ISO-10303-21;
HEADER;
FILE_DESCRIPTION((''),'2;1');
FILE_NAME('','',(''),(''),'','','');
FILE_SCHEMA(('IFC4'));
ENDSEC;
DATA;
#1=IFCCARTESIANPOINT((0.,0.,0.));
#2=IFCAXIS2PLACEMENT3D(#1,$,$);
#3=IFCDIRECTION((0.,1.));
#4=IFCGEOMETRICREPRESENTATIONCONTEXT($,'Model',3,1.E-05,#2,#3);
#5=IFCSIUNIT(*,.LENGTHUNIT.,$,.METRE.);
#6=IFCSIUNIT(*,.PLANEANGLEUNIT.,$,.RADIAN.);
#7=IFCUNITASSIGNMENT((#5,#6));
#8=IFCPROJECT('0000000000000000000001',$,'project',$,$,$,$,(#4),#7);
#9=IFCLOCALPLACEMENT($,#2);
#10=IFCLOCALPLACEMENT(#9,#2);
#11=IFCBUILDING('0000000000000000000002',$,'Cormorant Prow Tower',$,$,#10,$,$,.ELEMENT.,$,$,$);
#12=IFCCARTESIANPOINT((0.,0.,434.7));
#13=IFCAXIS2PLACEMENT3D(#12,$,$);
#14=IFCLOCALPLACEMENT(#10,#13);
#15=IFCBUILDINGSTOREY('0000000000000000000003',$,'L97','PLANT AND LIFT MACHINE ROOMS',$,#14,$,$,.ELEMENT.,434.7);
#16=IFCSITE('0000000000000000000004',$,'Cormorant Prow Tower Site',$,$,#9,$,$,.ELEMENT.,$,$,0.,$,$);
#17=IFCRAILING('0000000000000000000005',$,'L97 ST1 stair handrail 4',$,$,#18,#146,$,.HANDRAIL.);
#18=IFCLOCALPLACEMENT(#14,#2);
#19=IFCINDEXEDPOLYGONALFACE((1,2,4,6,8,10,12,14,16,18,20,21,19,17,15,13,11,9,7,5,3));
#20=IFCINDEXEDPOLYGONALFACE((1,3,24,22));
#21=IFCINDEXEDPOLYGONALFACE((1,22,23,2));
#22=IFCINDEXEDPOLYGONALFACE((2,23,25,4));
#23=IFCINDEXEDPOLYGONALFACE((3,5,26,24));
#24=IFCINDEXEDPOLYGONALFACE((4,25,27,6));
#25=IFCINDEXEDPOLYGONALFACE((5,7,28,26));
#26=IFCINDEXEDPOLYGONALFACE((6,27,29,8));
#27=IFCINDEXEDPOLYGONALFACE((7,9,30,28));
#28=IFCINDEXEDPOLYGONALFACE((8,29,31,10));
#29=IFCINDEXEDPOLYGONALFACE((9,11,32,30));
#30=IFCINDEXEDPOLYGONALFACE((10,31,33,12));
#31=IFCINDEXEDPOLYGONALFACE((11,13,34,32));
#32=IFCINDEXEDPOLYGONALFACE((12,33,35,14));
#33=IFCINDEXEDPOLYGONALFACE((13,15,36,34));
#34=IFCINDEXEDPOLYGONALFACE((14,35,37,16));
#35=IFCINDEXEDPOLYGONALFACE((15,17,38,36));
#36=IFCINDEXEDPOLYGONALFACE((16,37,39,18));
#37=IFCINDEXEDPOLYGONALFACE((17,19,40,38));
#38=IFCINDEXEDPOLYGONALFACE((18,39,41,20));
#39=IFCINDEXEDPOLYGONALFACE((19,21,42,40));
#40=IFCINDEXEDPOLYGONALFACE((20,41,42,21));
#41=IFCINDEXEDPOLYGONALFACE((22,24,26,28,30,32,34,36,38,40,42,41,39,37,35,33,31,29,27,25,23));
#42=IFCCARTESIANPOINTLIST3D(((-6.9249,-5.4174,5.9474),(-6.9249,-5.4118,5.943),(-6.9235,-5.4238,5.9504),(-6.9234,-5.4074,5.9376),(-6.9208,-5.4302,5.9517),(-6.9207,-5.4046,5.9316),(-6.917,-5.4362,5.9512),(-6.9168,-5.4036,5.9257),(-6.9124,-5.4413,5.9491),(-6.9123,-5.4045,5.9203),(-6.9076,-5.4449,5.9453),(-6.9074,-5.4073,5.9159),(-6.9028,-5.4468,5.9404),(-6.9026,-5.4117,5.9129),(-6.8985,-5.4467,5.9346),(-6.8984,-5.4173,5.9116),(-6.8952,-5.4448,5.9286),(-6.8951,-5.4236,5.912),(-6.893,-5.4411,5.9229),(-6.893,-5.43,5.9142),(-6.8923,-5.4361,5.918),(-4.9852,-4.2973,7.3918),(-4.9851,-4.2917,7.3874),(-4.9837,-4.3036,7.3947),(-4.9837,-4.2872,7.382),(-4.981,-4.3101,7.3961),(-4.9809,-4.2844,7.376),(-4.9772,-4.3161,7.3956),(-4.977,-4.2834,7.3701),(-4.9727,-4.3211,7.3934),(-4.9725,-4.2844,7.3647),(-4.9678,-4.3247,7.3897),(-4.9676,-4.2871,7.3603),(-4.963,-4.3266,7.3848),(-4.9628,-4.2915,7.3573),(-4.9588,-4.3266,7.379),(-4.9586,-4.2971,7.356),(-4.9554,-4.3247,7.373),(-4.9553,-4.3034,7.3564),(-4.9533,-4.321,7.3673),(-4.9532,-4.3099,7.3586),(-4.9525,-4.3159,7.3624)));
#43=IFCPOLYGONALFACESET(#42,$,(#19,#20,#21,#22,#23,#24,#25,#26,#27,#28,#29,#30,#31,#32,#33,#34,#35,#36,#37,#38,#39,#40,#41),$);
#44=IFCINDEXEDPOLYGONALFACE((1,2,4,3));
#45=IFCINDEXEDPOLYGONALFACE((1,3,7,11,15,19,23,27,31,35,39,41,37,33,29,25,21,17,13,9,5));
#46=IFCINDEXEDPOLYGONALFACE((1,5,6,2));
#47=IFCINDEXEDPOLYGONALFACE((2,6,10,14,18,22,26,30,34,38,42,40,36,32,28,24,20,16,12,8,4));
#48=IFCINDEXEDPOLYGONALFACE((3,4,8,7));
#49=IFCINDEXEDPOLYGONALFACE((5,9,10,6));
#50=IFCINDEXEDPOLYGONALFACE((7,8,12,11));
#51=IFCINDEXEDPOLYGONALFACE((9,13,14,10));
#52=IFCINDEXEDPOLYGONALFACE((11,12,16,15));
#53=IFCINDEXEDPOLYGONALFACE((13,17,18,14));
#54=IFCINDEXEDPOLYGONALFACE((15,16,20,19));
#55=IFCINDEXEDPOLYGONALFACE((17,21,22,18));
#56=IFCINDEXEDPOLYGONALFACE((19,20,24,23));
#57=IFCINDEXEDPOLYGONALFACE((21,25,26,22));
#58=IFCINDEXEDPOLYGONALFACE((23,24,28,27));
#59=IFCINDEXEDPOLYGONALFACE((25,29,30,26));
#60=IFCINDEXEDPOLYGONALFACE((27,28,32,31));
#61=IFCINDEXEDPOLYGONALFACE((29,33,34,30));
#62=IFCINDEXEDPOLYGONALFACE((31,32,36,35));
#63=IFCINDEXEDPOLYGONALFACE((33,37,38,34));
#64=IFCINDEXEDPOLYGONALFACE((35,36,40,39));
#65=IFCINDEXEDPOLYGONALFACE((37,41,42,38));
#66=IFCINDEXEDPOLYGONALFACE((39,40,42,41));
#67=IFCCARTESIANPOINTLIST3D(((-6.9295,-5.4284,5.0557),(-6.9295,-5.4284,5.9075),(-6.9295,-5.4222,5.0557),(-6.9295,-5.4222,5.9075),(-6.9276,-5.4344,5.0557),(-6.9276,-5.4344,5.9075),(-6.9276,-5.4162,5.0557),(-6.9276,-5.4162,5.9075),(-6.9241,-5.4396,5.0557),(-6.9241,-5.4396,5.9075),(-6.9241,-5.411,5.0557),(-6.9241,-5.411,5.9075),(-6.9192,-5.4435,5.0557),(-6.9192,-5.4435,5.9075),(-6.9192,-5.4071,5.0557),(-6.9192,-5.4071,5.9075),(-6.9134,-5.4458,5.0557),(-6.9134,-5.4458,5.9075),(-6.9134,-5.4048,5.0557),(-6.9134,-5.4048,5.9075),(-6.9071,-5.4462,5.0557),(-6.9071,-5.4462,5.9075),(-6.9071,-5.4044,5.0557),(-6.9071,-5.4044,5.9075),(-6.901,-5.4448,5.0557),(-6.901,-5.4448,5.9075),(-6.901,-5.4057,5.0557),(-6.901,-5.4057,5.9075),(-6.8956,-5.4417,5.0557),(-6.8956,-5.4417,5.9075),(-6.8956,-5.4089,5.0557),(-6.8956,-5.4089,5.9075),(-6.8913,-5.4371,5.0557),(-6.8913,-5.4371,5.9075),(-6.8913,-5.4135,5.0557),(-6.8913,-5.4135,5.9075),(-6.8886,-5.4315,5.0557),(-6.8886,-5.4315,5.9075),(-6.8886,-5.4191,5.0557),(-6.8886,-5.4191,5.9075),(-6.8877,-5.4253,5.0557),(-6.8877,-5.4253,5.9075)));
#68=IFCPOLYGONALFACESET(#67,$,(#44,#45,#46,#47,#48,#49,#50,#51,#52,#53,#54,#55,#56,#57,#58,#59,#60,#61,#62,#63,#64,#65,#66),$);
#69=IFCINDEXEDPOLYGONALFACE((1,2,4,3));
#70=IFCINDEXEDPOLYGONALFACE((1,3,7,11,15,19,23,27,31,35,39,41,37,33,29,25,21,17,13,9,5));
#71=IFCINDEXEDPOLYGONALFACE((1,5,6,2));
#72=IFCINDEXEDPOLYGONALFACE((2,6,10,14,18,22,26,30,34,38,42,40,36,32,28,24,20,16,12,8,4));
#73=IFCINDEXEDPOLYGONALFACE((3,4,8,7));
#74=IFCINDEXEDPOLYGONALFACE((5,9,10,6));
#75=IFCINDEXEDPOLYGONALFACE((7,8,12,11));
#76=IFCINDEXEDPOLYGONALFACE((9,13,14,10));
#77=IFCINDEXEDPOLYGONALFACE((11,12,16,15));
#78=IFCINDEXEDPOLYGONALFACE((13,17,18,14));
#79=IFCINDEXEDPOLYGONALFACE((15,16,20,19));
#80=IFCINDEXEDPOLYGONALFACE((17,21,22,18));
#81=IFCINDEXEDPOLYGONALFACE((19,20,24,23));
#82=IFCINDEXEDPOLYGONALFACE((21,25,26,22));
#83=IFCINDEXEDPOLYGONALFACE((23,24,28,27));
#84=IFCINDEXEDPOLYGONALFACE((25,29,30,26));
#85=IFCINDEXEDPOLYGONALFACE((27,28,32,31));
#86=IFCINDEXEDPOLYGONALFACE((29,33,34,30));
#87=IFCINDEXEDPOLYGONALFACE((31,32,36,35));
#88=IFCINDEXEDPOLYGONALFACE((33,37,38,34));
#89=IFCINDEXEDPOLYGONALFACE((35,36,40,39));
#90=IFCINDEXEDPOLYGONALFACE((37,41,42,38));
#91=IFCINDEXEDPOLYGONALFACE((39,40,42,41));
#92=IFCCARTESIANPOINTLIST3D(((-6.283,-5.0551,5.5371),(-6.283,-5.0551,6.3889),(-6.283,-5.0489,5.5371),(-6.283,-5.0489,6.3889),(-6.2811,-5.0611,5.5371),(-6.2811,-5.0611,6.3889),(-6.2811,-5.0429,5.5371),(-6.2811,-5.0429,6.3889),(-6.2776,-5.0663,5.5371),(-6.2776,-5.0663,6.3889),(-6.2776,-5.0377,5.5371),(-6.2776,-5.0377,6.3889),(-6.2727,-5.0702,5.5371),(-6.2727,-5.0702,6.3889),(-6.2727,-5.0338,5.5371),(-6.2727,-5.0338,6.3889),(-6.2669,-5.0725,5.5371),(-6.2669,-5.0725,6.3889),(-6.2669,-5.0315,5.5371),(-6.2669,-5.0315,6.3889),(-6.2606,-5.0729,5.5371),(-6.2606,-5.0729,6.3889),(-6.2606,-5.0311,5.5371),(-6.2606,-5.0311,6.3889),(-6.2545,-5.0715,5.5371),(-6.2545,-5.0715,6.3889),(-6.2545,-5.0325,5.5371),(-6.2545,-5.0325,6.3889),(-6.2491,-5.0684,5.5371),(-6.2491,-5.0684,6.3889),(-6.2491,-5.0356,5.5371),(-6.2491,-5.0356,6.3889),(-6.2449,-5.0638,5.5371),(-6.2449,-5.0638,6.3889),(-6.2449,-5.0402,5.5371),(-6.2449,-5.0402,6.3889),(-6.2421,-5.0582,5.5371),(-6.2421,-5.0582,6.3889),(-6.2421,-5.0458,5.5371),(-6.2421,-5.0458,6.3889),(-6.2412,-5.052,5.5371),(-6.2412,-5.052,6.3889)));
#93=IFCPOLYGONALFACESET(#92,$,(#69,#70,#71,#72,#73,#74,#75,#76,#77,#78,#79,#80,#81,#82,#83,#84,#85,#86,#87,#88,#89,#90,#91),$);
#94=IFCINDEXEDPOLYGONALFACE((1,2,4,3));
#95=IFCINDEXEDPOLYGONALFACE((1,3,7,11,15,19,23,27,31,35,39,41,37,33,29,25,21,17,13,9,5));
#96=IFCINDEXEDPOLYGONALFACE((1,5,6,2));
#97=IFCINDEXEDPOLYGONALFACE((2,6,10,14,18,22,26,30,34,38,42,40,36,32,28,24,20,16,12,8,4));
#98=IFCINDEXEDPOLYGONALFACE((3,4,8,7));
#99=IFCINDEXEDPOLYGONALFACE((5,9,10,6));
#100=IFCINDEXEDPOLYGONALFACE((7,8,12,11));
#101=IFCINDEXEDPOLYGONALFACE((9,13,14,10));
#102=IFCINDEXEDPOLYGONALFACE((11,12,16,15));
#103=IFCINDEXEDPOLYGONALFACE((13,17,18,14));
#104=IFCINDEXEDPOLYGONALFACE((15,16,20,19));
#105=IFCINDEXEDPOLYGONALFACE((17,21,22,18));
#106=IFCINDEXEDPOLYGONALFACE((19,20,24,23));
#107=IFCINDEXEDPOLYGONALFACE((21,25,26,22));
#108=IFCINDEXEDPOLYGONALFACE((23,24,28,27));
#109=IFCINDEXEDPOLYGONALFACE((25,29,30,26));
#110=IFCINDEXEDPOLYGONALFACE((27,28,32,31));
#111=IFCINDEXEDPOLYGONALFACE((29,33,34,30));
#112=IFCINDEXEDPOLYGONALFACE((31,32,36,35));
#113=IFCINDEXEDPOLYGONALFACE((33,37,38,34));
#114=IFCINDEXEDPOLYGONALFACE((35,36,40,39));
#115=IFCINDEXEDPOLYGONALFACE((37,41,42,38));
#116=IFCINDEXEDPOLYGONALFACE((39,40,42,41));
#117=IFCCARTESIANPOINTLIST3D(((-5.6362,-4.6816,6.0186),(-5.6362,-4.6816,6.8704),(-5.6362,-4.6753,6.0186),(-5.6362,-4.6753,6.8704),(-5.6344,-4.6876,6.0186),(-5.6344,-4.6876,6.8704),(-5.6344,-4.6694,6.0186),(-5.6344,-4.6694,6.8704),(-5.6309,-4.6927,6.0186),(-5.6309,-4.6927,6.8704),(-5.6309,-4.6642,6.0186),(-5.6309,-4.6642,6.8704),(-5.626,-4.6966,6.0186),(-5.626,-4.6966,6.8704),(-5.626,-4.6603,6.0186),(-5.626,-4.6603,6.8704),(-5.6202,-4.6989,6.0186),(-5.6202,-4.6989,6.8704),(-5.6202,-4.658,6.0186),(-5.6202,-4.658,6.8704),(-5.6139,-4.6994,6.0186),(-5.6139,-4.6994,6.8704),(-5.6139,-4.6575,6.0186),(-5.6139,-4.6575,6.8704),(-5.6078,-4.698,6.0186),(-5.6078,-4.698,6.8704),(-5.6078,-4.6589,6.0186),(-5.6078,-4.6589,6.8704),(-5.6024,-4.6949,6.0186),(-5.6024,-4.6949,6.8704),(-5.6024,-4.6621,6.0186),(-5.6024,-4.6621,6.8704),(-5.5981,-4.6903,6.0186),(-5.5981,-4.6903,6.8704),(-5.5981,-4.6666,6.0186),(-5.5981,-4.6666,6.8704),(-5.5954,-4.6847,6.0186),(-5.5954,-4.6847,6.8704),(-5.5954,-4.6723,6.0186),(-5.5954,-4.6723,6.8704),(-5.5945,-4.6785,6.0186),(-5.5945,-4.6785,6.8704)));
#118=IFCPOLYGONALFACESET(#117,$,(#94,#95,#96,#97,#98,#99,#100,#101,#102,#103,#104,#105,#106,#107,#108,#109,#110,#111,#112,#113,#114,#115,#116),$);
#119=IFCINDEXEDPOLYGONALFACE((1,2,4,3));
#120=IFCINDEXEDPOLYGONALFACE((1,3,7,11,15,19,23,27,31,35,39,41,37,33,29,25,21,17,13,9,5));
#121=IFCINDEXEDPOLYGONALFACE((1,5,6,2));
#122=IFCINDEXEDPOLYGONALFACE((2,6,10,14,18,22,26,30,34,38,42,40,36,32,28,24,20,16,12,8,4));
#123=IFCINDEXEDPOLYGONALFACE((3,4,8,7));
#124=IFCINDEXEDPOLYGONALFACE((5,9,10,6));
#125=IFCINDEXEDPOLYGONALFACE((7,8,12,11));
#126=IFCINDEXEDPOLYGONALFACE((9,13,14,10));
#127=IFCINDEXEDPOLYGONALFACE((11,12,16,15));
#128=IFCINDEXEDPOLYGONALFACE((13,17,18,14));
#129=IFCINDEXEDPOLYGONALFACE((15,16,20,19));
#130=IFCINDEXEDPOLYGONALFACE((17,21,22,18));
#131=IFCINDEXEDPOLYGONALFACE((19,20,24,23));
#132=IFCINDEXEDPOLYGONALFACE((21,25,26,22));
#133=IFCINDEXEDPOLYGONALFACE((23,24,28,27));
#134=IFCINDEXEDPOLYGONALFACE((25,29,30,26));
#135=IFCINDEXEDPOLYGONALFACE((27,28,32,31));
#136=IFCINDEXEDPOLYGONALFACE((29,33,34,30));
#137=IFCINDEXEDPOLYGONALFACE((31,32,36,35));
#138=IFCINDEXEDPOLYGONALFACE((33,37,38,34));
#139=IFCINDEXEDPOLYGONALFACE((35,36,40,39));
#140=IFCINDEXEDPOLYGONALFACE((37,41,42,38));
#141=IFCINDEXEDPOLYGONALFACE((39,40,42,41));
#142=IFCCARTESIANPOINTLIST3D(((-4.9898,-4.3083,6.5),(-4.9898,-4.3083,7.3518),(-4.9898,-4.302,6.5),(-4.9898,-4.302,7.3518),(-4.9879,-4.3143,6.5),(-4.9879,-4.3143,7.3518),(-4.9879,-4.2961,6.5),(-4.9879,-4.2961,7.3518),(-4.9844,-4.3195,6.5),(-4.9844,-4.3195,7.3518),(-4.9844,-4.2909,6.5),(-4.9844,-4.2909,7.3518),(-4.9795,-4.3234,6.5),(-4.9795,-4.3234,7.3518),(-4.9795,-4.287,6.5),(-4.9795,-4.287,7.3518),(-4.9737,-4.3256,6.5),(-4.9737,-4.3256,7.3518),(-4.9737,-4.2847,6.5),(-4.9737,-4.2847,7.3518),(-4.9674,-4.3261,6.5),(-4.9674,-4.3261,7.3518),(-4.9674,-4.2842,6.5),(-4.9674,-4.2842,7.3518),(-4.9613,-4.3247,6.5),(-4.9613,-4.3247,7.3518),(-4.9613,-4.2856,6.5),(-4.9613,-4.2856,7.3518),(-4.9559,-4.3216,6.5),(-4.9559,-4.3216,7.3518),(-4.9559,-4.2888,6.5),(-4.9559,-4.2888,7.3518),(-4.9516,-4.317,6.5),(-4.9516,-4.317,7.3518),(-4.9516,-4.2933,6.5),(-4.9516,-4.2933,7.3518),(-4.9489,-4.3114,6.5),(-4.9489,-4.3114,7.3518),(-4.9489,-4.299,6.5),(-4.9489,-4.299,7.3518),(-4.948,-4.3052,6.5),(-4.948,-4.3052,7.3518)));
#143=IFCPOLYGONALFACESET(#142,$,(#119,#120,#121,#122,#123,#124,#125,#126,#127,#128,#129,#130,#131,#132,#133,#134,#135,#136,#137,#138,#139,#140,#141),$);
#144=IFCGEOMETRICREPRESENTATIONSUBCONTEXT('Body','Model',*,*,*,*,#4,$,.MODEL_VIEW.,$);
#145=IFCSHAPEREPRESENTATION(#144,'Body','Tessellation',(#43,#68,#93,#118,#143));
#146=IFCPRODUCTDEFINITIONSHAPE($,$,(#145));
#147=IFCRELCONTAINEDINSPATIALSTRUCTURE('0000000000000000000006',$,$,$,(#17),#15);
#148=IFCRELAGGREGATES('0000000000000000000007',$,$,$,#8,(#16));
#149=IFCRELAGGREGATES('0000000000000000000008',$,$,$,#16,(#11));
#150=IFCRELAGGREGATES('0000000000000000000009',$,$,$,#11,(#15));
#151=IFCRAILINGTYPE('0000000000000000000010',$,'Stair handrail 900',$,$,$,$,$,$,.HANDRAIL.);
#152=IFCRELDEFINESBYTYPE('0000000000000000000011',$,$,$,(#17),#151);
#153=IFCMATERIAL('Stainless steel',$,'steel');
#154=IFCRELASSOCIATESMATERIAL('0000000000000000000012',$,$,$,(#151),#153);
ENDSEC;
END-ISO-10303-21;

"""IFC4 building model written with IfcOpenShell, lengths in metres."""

from ifc_helpers import new_model, si_unit, direction, frame, origin, origin_2d, place, context, subcontext, project, spatial, circle, extrude, material, type_object, element, save


model = new_model("IFC4")

# Units and contexts
model_context = context("Model", 3, precision=1e-05, world=origin(), true_north=direction((0.0, 1.0)))
body_context = subcontext(model_context, "Body", "Model", "MODEL_VIEW")
ifc_project = project(units=[si_unit("LENGTHUNIT", "METRE"), si_unit("PLANEANGLEUNIT", "RADIAN")], contexts=[model_context])

# Site, building, storey
site_placement = place(None, origin())
site = spatial("IfcSite", under=ifc_project, at=site_placement, Name="Cormorant Prow Tower Site", CompositionType="ELEMENT", RefElevation=0.0)
building_placement = place(site_placement, origin())
building = spatial("IfcBuilding", under=site, at=building_placement, Name="Cormorant Prow Tower", CompositionType="ELEMENT")
storey_placement = place(building_placement, frame((0.0, 0.0, 434.7)))
storey = spatial("IfcBuildingStorey", under=building, at=storey_placement, Name="L97", Description="PLANT AND LIFT MACHINE ROOMS", CompositionType="ELEMENT", Elevation=434.7)

# Railing
ifc_material_1 = material(Name="Stainless steel", Category="steel")
railing_type_1 = type_object("IfcRailingType", Name="Stair handrail 900", PredefinedType="HANDRAIL", material=ifc_material_1)
for number, where, name in (
    (1, (-6.9087, -5.4253, 5.0557), "L97 ST1 stair handrail 4"),
):
    element("IfcRailing", number, at=place(storey_placement, frame(where)), inside=storey, type_object=railing_type_1, Name=name, PredefinedType="HANDRAIL", context=body_context, shape_type="SweptSolid", body=[
        extrude(circle(Radius=0.0239, at=origin_2d()), frame((0.0, 0.0, 0.876), z_axis=(0.727792, 0.420278, 0.541928), x_axis=(-0.500078, 0.86598, 0.0)), (0.0, 0.0, 1.0), 2.6653),
        extrude(circle(Radius=0.021, at=origin_2d()), origin(), (0.0, 0.0, 1.0), 0.8518),
        extrude(circle(Radius=0.021, at=origin_2d()), frame((0.6465, 0.3733, 0.4814)), (0.0, 0.0, 1.0), 0.8518),
        extrude(circle(Radius=0.021, at=origin_2d()), frame((1.2932, 0.7468, 0.9629)), (0.0, 0.0, 1.0), 0.8518),
        extrude(circle(Radius=0.021, at=origin_2d()), frame((1.9397, 1.1201, 1.4443)), (0.0, 0.0, 1.0), 0.8518),
    ])

save(model, "model.ifc")
